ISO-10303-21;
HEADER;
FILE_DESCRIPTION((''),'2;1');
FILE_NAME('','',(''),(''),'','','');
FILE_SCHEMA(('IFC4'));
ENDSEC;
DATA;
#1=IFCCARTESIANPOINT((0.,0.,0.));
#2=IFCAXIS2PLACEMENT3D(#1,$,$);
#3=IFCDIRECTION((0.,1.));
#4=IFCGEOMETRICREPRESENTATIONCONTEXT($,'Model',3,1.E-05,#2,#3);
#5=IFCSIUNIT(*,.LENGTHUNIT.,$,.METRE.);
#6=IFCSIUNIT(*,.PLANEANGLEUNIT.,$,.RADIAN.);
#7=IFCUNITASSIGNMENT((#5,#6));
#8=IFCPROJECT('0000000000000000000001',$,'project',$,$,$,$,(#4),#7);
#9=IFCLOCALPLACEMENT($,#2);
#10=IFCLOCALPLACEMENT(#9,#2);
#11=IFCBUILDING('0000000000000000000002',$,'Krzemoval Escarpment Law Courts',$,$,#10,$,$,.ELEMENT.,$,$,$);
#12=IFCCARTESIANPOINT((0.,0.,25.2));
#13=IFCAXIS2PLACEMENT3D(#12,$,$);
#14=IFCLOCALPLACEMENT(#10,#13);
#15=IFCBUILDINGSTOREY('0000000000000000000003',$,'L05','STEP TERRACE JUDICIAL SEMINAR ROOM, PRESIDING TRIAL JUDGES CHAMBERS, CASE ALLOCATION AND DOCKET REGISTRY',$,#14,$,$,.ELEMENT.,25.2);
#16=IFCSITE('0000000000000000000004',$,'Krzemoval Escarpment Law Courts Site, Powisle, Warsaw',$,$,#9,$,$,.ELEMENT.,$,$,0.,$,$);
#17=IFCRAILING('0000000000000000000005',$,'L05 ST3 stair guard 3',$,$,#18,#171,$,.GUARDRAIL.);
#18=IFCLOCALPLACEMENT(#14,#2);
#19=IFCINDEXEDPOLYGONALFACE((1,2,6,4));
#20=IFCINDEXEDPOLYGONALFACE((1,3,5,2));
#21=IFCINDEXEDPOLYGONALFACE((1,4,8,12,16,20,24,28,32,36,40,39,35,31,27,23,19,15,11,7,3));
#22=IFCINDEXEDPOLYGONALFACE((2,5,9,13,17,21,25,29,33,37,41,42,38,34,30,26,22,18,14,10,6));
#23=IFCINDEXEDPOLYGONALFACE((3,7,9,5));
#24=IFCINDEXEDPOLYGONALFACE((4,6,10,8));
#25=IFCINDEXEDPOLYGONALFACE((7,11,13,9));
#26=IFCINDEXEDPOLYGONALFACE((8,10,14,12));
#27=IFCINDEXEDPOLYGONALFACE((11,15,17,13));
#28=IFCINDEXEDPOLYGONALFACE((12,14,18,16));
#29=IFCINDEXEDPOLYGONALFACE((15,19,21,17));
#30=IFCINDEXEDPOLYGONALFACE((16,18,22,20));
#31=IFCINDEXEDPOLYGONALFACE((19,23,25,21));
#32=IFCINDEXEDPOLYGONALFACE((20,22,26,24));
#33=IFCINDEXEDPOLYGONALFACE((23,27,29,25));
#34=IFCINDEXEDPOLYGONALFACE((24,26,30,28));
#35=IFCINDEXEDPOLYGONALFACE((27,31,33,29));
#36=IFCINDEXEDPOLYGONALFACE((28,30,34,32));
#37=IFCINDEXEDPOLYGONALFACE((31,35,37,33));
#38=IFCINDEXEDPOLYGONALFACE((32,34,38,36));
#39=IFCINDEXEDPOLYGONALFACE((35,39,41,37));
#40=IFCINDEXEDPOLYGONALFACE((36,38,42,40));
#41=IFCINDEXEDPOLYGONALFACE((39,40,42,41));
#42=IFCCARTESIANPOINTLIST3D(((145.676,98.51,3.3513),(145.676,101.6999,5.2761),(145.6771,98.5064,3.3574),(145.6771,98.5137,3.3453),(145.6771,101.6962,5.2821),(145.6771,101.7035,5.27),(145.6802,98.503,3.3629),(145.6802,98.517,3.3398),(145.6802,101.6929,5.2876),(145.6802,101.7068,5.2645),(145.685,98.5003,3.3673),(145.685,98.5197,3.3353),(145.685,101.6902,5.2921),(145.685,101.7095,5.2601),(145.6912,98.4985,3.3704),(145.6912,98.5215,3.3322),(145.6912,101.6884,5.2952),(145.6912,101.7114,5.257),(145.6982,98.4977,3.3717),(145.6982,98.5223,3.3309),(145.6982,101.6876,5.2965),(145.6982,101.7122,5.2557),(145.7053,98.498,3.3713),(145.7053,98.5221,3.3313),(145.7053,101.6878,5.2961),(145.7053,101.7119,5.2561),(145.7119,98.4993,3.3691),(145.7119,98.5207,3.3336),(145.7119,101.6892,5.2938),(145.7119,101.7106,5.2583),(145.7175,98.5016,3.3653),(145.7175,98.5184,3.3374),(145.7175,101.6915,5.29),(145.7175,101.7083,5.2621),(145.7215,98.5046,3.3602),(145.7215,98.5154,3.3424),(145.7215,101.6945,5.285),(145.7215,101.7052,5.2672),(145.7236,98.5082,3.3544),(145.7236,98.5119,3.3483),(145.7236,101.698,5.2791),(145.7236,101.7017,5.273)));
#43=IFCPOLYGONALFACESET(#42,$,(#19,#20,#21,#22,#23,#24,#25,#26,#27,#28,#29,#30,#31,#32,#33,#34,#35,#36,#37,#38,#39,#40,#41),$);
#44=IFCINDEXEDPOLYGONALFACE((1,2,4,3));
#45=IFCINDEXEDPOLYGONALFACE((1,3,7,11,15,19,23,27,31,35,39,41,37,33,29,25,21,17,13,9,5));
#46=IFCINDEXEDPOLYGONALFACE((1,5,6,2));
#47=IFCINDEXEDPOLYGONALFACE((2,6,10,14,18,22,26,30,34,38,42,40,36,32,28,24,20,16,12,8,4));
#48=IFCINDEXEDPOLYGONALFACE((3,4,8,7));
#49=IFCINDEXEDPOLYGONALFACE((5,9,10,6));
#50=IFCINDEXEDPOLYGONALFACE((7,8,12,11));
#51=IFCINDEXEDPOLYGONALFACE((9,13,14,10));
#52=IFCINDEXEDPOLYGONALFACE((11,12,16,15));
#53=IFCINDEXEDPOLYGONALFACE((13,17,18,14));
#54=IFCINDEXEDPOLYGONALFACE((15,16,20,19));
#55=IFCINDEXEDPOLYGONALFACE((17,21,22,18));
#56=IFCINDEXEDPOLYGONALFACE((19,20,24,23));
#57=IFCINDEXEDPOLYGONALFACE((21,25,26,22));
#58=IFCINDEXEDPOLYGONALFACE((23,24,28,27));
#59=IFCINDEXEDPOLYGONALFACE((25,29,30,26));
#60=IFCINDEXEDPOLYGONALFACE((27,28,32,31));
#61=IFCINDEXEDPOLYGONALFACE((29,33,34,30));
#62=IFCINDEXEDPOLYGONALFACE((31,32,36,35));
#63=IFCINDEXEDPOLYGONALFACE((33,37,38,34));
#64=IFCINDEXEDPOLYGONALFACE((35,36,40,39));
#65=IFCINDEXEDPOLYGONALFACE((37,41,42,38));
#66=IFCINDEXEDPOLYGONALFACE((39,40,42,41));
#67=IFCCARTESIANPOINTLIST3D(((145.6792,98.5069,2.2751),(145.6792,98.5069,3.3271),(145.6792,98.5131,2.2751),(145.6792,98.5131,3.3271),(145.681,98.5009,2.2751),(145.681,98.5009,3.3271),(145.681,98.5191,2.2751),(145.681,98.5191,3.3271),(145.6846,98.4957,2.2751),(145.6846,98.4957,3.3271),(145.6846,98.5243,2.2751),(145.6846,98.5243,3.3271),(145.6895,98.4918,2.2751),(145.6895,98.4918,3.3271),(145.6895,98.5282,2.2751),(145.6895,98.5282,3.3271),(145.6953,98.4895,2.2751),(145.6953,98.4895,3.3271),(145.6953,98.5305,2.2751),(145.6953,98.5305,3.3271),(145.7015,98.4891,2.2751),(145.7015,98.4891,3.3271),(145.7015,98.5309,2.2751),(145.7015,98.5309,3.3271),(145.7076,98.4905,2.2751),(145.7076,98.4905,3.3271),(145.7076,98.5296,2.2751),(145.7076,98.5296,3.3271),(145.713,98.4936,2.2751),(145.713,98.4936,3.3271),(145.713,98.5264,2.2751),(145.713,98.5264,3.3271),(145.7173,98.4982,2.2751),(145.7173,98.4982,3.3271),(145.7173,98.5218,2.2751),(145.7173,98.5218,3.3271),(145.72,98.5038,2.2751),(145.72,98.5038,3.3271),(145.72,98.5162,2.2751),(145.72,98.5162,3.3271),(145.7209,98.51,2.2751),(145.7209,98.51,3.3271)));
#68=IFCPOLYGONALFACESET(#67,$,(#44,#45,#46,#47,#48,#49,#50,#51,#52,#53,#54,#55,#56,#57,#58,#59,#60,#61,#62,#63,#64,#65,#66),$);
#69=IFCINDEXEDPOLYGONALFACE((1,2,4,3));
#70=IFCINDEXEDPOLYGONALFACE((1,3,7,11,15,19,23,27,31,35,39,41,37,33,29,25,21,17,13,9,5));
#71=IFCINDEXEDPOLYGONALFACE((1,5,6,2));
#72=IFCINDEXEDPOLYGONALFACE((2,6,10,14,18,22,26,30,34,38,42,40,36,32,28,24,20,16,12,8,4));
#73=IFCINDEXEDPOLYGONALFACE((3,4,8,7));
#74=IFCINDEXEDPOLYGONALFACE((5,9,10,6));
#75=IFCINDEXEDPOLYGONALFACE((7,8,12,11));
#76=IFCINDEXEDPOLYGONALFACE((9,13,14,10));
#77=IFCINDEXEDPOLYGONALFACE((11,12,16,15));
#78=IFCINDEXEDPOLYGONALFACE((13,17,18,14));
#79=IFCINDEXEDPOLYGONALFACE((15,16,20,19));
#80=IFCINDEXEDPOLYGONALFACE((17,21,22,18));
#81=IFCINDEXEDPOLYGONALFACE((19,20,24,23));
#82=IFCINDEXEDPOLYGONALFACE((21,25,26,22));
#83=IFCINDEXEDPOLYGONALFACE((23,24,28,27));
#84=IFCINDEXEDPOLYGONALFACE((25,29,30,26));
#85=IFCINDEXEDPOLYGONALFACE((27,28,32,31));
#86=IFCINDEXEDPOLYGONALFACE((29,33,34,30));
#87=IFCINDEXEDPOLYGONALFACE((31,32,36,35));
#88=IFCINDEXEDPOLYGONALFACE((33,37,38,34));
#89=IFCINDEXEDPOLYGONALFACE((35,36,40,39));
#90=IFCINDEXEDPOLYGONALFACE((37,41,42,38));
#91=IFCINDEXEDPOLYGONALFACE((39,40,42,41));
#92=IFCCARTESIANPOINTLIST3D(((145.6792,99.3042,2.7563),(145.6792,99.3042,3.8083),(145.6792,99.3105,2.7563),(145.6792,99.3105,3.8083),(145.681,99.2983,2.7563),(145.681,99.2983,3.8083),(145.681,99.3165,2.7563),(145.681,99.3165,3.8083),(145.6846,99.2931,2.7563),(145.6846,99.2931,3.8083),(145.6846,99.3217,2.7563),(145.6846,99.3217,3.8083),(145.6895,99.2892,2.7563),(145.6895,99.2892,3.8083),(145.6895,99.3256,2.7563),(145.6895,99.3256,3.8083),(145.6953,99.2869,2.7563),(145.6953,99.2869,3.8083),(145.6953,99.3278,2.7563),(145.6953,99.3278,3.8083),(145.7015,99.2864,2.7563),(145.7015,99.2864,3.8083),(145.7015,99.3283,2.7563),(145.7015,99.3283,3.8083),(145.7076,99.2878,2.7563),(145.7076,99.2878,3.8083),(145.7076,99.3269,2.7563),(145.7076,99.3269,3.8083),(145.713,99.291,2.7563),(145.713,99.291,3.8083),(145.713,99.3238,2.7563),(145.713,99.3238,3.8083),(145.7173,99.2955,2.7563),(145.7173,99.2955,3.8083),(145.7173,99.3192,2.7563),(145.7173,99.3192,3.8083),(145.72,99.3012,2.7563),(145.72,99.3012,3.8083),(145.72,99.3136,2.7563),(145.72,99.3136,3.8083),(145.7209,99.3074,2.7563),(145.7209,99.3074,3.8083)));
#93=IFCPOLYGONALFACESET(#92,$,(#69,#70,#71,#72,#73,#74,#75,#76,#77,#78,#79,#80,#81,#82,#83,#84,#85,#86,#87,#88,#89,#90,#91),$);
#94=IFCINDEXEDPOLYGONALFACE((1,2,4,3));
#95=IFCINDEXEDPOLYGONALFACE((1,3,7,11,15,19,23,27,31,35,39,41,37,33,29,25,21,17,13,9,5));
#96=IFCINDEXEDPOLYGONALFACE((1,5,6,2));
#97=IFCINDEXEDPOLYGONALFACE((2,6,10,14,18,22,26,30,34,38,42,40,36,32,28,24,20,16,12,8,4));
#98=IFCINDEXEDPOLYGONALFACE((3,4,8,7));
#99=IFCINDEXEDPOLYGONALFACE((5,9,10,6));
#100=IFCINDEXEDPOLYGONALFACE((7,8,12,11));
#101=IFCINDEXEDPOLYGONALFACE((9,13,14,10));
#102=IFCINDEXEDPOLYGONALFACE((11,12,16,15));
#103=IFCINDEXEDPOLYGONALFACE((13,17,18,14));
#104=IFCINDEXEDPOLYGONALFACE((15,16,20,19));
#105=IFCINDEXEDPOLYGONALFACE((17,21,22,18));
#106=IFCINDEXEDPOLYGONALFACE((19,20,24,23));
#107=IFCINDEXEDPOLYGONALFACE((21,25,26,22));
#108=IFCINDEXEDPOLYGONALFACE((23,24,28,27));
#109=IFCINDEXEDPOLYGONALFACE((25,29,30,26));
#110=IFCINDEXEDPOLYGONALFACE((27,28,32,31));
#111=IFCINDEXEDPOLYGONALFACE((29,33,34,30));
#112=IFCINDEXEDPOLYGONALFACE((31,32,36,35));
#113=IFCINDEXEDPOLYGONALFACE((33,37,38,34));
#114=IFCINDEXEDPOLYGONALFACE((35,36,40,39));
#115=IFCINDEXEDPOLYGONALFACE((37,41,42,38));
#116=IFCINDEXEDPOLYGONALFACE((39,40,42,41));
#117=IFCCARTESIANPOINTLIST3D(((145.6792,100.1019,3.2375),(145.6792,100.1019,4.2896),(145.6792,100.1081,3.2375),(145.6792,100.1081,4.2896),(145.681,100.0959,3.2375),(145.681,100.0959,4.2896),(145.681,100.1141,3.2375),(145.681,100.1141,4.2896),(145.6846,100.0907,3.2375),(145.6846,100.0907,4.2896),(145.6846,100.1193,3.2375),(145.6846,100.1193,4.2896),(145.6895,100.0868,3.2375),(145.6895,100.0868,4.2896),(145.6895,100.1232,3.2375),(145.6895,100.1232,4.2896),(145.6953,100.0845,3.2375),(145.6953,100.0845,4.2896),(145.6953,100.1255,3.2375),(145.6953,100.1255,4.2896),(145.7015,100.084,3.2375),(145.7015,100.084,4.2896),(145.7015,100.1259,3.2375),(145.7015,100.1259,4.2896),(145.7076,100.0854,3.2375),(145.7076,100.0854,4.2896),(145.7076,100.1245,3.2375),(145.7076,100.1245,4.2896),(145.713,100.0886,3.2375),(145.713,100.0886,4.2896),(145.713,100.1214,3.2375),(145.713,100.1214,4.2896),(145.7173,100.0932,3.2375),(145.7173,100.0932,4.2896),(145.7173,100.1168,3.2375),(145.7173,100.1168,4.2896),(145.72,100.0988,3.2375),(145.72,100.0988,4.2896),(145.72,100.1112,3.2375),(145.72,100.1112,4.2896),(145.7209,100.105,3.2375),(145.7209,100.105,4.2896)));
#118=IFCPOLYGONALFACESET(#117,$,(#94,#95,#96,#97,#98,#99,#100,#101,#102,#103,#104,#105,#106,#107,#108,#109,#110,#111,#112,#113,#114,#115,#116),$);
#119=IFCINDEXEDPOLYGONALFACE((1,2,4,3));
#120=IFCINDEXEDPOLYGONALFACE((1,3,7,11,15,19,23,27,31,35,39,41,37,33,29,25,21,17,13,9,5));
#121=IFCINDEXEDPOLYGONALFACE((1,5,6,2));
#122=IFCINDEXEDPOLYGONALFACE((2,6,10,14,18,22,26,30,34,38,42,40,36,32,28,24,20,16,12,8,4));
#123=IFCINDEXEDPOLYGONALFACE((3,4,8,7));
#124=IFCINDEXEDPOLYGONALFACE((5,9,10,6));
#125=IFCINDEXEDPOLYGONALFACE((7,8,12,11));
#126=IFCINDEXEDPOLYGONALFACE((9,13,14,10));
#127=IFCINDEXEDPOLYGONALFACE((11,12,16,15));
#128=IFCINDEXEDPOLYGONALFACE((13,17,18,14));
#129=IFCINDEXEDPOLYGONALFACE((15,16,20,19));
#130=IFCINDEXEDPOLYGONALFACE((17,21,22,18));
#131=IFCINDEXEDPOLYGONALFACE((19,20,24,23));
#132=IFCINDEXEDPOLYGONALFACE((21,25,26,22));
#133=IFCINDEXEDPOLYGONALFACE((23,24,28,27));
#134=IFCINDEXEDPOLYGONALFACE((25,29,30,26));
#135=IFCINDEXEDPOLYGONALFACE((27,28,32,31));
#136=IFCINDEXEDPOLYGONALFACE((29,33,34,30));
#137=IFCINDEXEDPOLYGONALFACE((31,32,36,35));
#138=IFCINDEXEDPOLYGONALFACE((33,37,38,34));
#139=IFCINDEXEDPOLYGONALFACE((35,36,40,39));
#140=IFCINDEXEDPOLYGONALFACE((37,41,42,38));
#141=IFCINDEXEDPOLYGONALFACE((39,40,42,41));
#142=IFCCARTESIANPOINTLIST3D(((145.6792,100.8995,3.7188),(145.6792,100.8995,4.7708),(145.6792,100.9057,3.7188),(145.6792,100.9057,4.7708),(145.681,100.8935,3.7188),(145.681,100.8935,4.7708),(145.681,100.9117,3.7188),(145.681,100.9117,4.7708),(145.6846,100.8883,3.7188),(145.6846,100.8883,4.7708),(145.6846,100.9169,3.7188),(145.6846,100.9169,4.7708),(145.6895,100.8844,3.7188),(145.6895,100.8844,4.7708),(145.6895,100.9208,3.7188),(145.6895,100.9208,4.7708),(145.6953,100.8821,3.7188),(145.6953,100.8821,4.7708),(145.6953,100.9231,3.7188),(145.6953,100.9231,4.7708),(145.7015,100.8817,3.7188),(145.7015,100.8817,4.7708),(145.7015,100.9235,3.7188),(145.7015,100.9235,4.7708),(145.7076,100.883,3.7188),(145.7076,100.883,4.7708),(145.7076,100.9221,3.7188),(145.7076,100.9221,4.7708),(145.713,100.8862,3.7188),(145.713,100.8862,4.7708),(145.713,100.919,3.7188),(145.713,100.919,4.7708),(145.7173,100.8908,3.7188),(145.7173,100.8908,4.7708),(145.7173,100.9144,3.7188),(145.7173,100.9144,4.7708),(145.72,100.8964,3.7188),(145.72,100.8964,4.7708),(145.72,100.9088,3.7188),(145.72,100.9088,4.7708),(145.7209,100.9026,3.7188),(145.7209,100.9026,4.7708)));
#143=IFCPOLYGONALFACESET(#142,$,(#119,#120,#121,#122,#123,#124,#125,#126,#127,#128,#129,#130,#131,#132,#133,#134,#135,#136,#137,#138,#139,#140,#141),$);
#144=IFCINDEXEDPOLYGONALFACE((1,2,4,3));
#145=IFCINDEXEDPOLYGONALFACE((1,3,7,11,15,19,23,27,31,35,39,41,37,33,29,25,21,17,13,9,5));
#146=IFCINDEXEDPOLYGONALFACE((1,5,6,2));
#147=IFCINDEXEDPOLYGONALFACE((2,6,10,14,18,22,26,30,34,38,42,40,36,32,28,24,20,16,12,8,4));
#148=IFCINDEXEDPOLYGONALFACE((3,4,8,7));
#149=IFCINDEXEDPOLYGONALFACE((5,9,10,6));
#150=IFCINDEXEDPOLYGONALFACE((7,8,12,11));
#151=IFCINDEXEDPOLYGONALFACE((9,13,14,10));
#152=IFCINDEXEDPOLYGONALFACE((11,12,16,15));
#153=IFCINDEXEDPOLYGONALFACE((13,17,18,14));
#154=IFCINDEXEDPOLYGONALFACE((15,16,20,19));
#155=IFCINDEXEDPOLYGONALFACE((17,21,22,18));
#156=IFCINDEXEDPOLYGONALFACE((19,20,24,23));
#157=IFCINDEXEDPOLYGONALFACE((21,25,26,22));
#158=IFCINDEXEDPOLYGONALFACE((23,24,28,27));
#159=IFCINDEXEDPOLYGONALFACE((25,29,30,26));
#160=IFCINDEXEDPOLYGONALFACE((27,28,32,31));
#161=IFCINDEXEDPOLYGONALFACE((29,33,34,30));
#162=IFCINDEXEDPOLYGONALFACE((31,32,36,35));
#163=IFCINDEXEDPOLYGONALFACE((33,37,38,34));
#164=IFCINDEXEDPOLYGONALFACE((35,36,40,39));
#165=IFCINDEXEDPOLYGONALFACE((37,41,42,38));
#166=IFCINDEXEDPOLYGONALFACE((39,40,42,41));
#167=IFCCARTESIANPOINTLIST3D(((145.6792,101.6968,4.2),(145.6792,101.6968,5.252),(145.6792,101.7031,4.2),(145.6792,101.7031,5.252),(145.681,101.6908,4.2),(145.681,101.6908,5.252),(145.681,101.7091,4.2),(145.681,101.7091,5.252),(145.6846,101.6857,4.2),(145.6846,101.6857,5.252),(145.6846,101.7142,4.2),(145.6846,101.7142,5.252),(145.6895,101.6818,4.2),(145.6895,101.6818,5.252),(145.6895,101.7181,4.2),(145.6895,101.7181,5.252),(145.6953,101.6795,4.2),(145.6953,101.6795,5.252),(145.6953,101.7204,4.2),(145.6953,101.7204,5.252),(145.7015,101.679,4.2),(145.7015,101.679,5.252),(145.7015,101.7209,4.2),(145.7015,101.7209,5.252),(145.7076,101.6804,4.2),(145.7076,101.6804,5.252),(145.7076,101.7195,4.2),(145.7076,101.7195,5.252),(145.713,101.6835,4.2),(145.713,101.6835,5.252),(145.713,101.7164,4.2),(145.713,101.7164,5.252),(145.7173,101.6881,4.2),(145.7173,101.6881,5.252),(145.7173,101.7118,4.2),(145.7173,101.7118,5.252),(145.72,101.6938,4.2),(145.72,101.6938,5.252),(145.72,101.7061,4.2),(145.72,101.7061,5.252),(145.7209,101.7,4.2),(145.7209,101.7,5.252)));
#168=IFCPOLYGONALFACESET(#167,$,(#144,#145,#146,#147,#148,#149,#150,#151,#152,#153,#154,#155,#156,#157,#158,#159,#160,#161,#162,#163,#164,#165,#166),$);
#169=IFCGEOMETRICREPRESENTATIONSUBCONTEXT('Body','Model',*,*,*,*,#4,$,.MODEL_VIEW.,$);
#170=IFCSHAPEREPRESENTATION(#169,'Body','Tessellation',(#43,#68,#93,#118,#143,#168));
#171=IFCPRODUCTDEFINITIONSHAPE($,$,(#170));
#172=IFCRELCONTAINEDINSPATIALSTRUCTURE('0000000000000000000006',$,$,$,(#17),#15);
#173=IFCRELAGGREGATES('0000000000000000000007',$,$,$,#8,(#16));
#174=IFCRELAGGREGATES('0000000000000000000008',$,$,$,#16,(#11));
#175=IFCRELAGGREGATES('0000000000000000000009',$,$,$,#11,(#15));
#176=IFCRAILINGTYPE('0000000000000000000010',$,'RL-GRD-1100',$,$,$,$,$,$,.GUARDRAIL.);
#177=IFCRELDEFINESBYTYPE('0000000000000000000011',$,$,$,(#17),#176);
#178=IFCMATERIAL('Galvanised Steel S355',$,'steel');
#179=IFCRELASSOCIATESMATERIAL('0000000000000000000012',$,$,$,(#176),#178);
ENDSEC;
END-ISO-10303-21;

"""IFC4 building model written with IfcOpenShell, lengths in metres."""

from ifc_helpers import new_model, si_unit, direction, frame, origin, origin_2d, place, context, subcontext, project, spatial, circle, extrude, material, type_object, element, save


model = new_model("IFC4")

# Units and contexts
model_context = context("Model", 3, precision=1e-05, world=origin(), true_north=direction((0.0, 1.0)))
body_context = subcontext(model_context, "Body", "Model", "MODEL_VIEW")
ifc_project = project(units=[si_unit("LENGTHUNIT", "METRE"), si_unit("PLANEANGLEUNIT", "RADIAN")], contexts=[model_context])

# Site, building, storey
site_placement = place(None, origin())
site = spatial("IfcSite", under=ifc_project, at=site_placement, Name="Krzemoval Escarpment Law Courts Site, Powisle, Warsaw", CompositionType="ELEMENT", RefElevation=0.0)
building_placement = place(site_placement, origin())
building = spatial("IfcBuilding", under=site, at=building_placement, Name="Krzemoval Escarpment Law Courts", CompositionType="ELEMENT")
storey_placement = place(building_placement, frame((0.0, 0.0, 25.2)))
storey = spatial("IfcBuildingStorey", under=building, at=storey_placement, Name="L05", Description="STEP TERRACE JUDICIAL SEMINAR ROOM, PRESIDING TRIAL JUDGES CHAMBERS, CASE ALLOCATION AND DOCKET REGISTRY", CompositionType="ELEMENT", Elevation=25.2)

# Railing
ifc_material_1 = material(Name="Galvanised Steel S355", Category="steel")
railing_type = type_object("IfcRailingType", Name="RL-GRD-1100", PredefinedType="GUARDRAIL", material=ifc_material_1)
railing_1_placement = place(storey_placement, frame((145.7, 98.51, 2.2751)))
element("IfcRailing", 1, at=railing_1_placement, inside=storey, type_object=railing_type, Name="L05 ST3 stair guard 3", PredefinedType="GUARDRAIL", context=body_context, shape_type="SweptSolid", body=[
    extrude(circle(Radius=0.0239, at=origin_2d()), frame((0.0, 0.0, 1.0762), z_axis=(0.0, 0.856207, 0.516633), x_axis=(-1.0, 0.0, 0.0)), (0.0, 0.0, 1.0), 3.7256),
    extrude(circle(Radius=0.021, at=origin_2d()), origin(), (0.0, 0.0, 1.0), 1.052),
    extrude(circle(Radius=0.021, at=origin_2d()), frame((0.0, 0.7974, 0.4812)), (0.0, 0.0, 1.0), 1.052),
    extrude(circle(Radius=0.021, at=origin_2d()), frame((0.0, 1.595, 0.9624)), (0.0, 0.0, 1.0), 1.052),
    extrude(circle(Radius=0.021, at=origin_2d()), frame((0.0, 2.3926, 1.4436)), (0.0, 0.0, 1.0), 1.052),
    extrude(circle(Radius=0.021, at=origin_2d()), frame((0.0, 3.1899, 1.9248)), (0.0, 0.0, 1.0), 1.052),
])

save(model, "model.ifc")
